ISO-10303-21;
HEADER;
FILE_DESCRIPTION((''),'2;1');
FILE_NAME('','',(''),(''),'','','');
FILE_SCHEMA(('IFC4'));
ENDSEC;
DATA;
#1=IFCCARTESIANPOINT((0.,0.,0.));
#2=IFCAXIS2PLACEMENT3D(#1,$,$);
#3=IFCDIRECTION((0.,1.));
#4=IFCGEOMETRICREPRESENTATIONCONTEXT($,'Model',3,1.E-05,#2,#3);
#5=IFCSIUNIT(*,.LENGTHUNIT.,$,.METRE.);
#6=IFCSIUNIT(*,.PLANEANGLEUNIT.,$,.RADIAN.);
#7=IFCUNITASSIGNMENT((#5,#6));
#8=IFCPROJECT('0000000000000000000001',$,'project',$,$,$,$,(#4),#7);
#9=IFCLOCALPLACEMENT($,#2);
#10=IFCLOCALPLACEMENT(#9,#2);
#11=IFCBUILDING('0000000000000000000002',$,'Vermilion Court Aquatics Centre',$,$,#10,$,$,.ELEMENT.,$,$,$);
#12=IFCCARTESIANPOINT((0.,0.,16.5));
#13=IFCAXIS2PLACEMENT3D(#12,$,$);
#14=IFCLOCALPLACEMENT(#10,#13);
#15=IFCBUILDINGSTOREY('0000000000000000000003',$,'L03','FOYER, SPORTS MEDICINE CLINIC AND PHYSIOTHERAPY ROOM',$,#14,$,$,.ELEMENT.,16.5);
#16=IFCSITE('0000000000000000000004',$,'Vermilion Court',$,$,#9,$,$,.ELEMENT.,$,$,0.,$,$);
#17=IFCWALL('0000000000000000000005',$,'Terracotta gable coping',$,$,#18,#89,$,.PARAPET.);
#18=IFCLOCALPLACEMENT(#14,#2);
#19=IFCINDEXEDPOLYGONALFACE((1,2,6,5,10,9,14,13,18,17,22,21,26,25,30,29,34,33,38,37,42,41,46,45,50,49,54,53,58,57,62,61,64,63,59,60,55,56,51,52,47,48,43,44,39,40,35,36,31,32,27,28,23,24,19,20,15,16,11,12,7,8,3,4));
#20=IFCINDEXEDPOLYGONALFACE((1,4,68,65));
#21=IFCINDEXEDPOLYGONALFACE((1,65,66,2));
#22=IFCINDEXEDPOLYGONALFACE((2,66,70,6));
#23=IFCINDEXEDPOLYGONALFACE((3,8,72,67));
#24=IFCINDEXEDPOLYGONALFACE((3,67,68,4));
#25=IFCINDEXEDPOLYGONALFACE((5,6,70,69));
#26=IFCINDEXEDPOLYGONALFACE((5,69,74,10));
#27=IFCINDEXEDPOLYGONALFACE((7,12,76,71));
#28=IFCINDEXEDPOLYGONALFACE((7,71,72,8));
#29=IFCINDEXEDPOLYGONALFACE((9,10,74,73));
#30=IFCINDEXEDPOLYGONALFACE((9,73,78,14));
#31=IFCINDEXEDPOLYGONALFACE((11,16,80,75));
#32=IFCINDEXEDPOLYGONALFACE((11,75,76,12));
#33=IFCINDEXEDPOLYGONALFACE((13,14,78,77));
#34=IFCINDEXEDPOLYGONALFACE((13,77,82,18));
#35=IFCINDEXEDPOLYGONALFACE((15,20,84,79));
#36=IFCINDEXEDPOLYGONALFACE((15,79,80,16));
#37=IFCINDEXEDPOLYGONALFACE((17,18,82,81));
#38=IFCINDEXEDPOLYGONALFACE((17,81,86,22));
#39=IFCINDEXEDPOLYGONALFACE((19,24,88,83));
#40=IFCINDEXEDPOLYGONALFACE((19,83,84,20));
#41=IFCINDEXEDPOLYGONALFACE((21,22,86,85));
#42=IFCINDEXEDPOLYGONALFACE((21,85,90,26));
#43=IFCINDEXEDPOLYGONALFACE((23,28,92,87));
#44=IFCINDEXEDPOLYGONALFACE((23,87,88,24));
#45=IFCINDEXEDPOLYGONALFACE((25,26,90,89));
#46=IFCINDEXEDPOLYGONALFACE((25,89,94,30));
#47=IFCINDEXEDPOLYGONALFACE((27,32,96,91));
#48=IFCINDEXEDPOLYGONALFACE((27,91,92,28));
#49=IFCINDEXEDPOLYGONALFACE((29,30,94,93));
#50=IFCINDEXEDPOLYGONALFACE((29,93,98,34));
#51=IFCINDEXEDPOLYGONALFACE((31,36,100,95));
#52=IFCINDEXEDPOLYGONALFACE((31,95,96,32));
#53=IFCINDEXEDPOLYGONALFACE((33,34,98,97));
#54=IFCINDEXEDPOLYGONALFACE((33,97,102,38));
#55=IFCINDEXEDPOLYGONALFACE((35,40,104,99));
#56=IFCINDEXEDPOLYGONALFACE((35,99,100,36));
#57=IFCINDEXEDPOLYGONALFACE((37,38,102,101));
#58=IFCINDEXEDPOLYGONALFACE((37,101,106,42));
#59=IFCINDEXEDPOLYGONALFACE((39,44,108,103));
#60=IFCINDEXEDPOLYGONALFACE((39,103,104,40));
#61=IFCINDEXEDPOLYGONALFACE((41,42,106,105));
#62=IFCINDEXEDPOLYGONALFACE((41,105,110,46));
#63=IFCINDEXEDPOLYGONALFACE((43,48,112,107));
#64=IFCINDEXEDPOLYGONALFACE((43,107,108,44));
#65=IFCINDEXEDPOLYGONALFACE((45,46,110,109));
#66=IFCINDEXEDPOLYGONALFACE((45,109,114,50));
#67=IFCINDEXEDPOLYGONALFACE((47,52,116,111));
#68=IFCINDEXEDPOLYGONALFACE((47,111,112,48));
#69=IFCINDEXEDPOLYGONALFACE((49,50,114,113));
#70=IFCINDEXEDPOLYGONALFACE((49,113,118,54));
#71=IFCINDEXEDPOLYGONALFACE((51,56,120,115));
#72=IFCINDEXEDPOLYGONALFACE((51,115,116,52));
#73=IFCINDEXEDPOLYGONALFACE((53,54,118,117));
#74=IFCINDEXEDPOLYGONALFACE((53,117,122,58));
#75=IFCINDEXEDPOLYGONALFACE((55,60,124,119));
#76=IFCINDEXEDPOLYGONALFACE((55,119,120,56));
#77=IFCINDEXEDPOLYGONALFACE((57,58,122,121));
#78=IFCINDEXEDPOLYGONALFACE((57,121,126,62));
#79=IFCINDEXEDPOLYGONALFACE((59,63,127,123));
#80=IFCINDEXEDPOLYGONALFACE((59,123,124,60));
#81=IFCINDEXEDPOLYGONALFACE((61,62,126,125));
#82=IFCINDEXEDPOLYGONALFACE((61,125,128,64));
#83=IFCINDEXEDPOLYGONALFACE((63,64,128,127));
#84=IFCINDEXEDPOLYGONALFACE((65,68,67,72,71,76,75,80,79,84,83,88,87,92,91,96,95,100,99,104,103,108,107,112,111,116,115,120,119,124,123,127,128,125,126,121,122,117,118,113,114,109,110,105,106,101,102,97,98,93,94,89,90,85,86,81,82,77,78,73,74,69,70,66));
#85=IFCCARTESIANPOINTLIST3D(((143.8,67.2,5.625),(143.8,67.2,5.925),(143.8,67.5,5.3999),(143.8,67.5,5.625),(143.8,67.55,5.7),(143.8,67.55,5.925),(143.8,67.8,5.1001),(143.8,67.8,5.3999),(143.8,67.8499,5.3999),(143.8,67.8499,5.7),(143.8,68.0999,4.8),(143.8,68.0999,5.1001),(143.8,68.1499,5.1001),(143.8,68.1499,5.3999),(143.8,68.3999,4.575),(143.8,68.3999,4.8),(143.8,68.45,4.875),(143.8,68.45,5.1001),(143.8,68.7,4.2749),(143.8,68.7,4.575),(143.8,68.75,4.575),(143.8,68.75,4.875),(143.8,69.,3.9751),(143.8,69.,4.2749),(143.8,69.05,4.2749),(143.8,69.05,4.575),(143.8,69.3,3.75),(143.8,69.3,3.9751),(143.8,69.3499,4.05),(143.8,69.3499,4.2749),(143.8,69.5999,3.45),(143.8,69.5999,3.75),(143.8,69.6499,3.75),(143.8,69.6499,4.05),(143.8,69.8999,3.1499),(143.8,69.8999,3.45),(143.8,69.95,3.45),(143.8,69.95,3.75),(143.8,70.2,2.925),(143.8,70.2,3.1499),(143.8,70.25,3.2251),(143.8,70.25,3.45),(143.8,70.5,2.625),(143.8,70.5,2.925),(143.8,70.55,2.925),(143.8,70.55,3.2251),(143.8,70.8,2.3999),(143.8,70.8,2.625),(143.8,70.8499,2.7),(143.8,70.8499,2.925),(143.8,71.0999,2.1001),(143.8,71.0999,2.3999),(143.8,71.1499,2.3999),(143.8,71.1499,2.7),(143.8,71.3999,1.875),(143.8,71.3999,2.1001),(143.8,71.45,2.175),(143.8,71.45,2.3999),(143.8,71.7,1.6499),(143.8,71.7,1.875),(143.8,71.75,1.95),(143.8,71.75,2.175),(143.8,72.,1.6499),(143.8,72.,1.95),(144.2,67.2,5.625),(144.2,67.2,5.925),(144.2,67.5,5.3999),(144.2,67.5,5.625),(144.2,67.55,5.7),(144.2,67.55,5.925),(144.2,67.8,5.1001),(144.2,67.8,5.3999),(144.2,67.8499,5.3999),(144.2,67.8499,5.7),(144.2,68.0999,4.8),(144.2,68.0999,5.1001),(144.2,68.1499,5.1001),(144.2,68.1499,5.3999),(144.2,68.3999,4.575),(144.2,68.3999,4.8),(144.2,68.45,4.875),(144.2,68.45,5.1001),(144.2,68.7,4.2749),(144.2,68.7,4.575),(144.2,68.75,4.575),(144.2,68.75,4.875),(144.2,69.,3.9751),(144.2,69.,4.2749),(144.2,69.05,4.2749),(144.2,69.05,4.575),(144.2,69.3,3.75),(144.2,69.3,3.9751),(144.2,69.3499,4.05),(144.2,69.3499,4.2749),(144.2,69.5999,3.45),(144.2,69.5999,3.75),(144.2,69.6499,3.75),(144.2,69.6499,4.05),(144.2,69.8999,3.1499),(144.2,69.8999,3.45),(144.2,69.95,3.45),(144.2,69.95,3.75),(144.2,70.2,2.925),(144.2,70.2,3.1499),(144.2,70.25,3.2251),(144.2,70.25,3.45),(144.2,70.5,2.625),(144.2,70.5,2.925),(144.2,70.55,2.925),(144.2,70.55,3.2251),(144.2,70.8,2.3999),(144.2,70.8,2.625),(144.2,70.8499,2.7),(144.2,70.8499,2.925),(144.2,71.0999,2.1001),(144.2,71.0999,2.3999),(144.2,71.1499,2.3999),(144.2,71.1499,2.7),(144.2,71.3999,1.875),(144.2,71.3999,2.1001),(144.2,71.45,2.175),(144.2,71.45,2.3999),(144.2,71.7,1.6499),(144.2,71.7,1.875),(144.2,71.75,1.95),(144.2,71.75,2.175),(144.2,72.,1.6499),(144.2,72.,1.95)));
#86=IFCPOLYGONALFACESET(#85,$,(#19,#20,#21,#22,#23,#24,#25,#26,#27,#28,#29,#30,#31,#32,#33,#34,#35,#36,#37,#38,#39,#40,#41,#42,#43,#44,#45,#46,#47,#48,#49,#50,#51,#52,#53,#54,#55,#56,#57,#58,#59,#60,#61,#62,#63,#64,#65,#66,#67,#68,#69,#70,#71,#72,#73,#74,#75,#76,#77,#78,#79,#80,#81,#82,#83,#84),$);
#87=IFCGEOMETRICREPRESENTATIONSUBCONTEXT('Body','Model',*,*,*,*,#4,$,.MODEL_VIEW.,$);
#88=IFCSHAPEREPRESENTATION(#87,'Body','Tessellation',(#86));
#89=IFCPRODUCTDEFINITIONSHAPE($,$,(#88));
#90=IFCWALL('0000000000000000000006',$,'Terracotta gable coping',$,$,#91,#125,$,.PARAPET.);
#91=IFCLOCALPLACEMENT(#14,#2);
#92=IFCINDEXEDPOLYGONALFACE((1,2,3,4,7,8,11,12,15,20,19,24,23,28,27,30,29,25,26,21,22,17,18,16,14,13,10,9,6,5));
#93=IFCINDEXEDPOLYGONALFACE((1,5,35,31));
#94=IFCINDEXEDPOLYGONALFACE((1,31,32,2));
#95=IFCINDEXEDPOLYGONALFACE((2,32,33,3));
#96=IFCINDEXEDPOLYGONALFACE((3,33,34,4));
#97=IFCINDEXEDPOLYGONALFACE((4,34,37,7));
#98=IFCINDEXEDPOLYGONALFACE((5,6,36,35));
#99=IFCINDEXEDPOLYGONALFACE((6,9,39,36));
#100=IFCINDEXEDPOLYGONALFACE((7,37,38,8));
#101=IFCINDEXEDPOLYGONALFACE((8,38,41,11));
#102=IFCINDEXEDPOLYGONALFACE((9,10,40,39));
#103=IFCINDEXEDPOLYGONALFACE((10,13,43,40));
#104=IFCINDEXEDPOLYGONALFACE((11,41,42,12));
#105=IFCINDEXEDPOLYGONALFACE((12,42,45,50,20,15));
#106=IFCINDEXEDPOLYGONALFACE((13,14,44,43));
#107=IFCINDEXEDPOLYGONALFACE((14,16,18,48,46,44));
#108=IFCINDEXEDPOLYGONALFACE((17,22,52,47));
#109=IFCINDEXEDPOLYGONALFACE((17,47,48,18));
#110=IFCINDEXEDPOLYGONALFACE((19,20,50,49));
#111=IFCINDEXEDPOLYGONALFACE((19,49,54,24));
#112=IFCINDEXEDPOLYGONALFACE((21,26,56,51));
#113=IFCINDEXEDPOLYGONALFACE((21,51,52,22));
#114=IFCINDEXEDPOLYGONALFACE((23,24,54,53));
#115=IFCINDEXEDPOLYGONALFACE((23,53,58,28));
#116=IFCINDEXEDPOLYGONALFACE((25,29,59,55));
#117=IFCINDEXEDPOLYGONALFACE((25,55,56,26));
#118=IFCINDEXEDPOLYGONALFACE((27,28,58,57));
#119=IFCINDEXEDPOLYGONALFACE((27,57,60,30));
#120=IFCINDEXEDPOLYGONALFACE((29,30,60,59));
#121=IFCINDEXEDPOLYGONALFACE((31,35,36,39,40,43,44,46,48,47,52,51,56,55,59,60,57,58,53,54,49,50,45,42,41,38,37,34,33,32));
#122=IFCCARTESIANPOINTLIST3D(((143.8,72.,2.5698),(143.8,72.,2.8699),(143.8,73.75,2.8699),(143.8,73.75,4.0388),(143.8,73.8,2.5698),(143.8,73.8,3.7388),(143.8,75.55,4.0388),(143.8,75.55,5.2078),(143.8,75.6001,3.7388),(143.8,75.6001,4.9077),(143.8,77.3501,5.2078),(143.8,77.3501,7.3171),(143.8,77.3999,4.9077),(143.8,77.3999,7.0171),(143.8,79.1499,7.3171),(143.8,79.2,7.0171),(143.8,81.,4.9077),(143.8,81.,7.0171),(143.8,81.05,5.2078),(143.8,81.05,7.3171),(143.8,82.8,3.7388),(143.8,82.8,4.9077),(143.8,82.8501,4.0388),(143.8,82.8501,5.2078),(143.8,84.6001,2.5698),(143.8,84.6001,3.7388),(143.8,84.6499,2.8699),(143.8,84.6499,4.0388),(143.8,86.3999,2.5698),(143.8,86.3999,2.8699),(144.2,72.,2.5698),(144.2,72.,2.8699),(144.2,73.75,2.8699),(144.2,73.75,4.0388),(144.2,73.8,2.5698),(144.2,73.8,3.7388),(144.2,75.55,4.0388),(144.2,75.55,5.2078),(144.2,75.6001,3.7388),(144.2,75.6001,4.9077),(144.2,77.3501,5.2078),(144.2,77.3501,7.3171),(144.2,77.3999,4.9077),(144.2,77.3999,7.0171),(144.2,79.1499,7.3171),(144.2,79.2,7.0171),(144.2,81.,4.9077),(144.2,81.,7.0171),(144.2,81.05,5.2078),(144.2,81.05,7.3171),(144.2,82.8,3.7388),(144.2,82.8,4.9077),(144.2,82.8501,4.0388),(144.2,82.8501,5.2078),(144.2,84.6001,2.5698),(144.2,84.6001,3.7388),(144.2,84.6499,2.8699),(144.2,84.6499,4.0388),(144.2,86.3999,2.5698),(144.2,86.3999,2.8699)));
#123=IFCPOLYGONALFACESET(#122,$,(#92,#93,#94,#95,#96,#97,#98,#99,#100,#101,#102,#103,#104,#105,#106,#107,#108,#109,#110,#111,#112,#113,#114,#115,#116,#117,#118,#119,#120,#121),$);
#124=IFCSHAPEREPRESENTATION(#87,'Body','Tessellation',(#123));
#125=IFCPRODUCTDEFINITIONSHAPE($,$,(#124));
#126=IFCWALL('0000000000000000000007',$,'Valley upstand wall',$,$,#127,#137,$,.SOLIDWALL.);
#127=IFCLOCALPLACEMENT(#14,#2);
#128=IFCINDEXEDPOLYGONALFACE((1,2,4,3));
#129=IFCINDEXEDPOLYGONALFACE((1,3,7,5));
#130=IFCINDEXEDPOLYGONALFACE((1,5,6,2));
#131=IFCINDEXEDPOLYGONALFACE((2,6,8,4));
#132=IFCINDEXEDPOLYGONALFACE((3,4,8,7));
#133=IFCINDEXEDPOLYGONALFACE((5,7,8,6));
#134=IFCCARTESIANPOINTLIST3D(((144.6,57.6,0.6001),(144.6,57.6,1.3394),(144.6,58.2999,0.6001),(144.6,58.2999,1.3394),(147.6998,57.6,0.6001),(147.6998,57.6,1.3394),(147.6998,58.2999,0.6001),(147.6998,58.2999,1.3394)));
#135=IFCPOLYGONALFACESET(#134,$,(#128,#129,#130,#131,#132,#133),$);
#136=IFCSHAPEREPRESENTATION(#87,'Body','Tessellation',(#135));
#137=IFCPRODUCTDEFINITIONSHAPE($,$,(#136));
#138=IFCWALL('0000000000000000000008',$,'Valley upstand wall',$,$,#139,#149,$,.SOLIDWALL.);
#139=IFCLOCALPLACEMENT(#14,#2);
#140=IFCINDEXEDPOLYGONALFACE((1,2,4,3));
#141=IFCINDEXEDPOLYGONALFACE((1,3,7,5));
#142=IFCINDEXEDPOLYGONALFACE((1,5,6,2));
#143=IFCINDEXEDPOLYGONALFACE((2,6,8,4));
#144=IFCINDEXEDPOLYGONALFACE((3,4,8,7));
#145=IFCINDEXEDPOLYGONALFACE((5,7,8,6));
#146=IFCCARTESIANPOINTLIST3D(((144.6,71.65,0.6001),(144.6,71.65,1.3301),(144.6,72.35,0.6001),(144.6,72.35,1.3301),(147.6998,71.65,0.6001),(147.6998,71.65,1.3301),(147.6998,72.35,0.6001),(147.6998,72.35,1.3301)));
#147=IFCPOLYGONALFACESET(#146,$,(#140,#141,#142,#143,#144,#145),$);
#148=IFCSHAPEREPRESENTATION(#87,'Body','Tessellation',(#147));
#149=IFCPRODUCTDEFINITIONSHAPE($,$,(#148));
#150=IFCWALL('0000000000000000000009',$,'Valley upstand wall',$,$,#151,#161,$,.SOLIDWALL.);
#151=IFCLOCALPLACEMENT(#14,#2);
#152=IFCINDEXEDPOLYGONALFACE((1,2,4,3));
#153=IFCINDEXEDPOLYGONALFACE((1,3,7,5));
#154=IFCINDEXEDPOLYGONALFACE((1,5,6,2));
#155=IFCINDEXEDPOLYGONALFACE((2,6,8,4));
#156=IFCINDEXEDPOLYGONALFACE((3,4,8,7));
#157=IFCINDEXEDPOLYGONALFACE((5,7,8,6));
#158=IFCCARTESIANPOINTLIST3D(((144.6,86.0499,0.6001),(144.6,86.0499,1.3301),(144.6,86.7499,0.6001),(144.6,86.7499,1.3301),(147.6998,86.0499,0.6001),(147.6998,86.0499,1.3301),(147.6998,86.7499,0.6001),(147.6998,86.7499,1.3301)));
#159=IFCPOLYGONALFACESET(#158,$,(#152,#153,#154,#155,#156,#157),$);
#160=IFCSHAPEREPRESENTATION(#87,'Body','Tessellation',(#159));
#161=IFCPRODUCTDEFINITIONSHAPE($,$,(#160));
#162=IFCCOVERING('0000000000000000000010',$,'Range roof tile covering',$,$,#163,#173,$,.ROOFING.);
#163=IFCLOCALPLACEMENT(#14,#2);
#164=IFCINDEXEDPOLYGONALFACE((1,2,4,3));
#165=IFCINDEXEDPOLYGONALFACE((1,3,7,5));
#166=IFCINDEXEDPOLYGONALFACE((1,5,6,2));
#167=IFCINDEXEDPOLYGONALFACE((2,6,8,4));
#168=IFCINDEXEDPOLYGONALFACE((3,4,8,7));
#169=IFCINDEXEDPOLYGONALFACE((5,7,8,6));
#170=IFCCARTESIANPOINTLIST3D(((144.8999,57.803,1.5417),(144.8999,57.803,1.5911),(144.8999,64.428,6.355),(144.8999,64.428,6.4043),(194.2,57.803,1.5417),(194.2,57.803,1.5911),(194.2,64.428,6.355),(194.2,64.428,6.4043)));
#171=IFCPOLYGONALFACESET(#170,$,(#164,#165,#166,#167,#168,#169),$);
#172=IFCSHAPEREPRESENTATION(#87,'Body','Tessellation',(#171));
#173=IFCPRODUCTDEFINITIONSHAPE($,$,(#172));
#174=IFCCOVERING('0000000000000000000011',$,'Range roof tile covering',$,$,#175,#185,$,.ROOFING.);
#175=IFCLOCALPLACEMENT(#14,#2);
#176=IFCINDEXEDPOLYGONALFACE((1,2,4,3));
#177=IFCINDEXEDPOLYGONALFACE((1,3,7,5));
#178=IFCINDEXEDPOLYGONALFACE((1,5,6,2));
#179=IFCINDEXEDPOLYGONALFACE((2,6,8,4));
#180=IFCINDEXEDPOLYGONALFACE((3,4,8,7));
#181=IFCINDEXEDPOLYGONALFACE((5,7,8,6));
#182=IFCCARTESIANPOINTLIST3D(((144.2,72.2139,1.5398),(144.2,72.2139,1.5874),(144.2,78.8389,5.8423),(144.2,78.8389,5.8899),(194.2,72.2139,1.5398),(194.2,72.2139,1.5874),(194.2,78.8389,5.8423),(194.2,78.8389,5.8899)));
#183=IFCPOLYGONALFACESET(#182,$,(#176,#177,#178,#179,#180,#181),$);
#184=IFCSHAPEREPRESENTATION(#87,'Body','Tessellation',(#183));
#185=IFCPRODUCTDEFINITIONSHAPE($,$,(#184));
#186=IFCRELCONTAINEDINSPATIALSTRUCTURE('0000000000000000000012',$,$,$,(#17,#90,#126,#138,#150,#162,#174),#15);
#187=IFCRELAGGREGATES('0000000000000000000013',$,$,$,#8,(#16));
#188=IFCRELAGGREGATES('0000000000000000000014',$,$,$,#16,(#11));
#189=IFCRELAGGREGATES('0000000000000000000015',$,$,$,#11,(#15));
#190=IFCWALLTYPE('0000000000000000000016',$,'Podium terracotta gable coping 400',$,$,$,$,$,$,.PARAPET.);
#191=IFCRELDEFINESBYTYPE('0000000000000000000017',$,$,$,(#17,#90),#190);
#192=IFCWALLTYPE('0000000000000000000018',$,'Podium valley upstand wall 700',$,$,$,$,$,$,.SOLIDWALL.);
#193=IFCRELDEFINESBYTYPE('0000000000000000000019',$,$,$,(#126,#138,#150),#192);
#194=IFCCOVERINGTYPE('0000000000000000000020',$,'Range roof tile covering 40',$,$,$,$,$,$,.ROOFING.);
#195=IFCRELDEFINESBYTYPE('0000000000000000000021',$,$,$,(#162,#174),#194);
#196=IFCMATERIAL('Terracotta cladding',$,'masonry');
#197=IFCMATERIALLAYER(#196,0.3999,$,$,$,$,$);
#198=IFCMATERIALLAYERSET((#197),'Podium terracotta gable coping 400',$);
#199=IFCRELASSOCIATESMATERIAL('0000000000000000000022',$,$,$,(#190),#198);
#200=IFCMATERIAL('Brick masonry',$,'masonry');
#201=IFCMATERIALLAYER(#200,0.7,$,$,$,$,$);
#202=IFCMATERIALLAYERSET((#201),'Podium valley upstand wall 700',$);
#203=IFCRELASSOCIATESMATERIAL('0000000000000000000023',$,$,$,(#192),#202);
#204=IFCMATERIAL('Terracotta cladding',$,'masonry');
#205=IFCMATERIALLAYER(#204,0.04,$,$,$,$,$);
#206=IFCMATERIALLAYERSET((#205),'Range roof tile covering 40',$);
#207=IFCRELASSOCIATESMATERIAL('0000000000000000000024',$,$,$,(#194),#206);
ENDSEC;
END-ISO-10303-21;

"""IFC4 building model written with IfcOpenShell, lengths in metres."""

from ifc_helpers import new_model, si_unit, direction, frame, frame_2d, origin, place, context, subcontext, project, spatial, polyline, rectangle, outline, extrude, material, layer, layer_set, type_object, element, save


model = new_model("IFC4")

# Units and contexts
model_context = context("Model", 3, precision=1e-05, world=origin(), true_north=direction((0.0, 1.0)))
body_context = subcontext(model_context, "Body", "Model", "MODEL_VIEW")
ifc_project = project(units=[si_unit("LENGTHUNIT", "METRE"), si_unit("PLANEANGLEUNIT", "RADIAN")], contexts=[model_context])

# Site, building, storey
site_placement = place(None, origin())
site = spatial("IfcSite", under=ifc_project, at=site_placement, Name="Vermilion Court", CompositionType="ELEMENT", RefElevation=0.0)
building_placement = place(site_placement, origin())
building = spatial("IfcBuilding", under=site, at=building_placement, Name="Vermilion Court Aquatics Centre", CompositionType="ELEMENT")
storey_placement = place(building_placement, frame((0.0, 0.0, 16.5)))
storey = spatial("IfcBuildingStorey", under=building, at=storey_placement, Name="L03", Description="FOYER, SPORTS MEDICINE CLINIC AND PHYSIOTHERAPY ROOM", CompositionType="ELEMENT", Elevation=16.5)

# Walls
ifc_material_1 = material(Name="Terracotta cladding", Category="masonry")
ifc_layer_1 = layer(ifc_material_1, 0.3999)
ifc_layer_set_1 = layer_set([ifc_layer_1], Name="Podium terracotta gable coping 400")
wall_type_1 = type_object("IfcWallType", Name="Podium terracotta gable coping 400", PredefinedType="PARAPET", material=ifc_layer_set_1)
wall_1_placement = place(storey_placement, frame((144.0, 67.2, 0.0), z_axis=(0.0, 0.0, 1.0), x_axis=(0.0, 1.0, 0.0)))
element("IfcWall", 1, at=wall_1_placement, inside=storey, type_object=wall_type_1, Name="Terracotta gable coping", PredefinedType="PARAPET", context=body_context, shape_type="SweptSolid", body=[
    extrude(outline(polyline([(0.0, 5.625), (0.3, 5.625), (0.3, 5.3999), (0.6001, 5.3999), (0.6001, 5.1001), (0.8999, 5.1001), (0.8999, 4.8), (1.2, 4.8), (1.2, 4.575), (1.5, 4.575), (1.5, 4.2749), (1.8, 4.2749), (1.8, 3.9751), (2.1001, 3.9751), (2.1001, 3.75), (2.3999, 3.75), (2.3999, 3.45), (2.7, 3.45), (2.7, 3.1499), (3.0, 3.1499), (3.0, 2.925), (3.3, 2.925), (3.3, 2.625), (3.6001, 2.625), (3.6001, 2.3999), (3.8999, 2.3999), (3.8999, 2.1001), (4.2, 2.1001), (4.2, 1.875), (4.5, 1.875), (4.5, 1.6499), (4.8, 1.6499), (4.8, 1.95), (4.55, 1.95), (4.55, 2.175), (4.25, 2.175), (4.25, 2.3999), (3.95, 2.3999), (3.95, 2.7), (3.6499, 2.7), (3.6499, 2.925), (3.3501, 2.925), (3.3501, 3.2251), (3.05, 3.2251), (3.05, 3.45), (2.75, 3.45), (2.75, 3.75), (2.45, 3.75), (2.45, 4.05), (2.1499, 4.05), (2.1499, 4.2749), (1.8501, 4.2749), (1.8501, 4.575), (1.55, 4.575), (1.55, 4.875), (1.25, 4.875), (1.25, 5.1001), (0.95, 5.1001), (0.95, 5.3999), (0.6499, 5.3999), (0.6499, 5.7), (0.3501, 5.7), (0.3501, 5.925), (0.0, 5.925), (0.0, 5.625)])), frame((0.0, 0.2, 0.0), z_axis=(0.0, -1.0, 0.0), x_axis=(1.0, 0.0, 0.0)), (0.0, 0.0, 1.0), 0.3999),
])
wall_2_placement = place(storey_placement, frame((144.0, 72.0, 0.0), z_axis=(0.0, 0.0, 1.0), x_axis=(0.0, 1.0, 0.0)))
element("IfcWall", 2, at=wall_2_placement, inside=storey, type_object=wall_type_1, Name="Terracotta gable coping", PredefinedType="PARAPET", context=body_context, shape_type="SweptSolid", body=[
    extrude(outline(polyline([(0.0, 2.5698), (1.8, 2.5698), (1.8, 3.7388), (3.6001, 3.7388), (3.6001, 4.9077), (5.3999, 4.9077), (5.3999, 7.0171), (7.2, 7.0171), (7.2, 7.0171), (9.0, 7.0171), (9.0, 4.9077), (10.8, 4.9077), (10.8, 3.7388), (12.6001, 3.7388), (12.6001, 2.5698), (14.3999, 2.5698), (14.3999, 2.8699), (12.6499, 2.8699), (12.6499, 4.0388), (10.8501, 4.0388), (10.8501, 5.2078), (9.05, 5.2078), (9.05, 7.3171), (7.1499, 7.3171), (7.1499, 7.3171), (5.3501, 7.3171), (5.3501, 5.2078), (3.55, 5.2078), (3.55, 4.0388), (1.75, 4.0388), (1.75, 2.8699), (0.0, 2.8699), (0.0, 2.5698)])), frame((0.0, 0.2, 0.0), z_axis=(0.0, -1.0, 0.0), x_axis=(1.0, 0.0, 0.0)), (0.0, 0.0, 1.0), 0.3999),
])
ifc_material_2 = material(Name="Brick masonry", Category="masonry")
ifc_layer_2 = layer(ifc_material_2, 0.7)
ifc_layer_set_2 = layer_set([ifc_layer_2], Name="Podium valley upstand wall 700")
wall_type_2 = type_object("IfcWallType", Name="Podium valley upstand wall 700", PredefinedType="SOLIDWALL", material=ifc_layer_set_2)
wall_3_placement = place(storey_placement, frame((144.6001, 57.95, 0.6001), z_axis=(0.0, 0.0, 1.0), x_axis=(1.0, 0.0, 0.0)))
element("IfcWall", 3, at=wall_3_placement, inside=storey, type_object=wall_type_2, Name="Valley upstand wall", PredefinedType="SOLIDWALL", context=body_context, shape_type="SweptSolid", body=[
    extrude(rectangle(XDim=3.0999, YDim=0.7, at=frame_2d((1.5498, 0.0))), origin(), (0.0, 0.0, 1.0), 0.7393),
])
for number, where, z_axis, x_axis, name in (
    (4, (144.6001, 72.0, 0.6001), (0.0, 0.0, 1.0), (1.0, 0.0, 0.0), "Valley upstand wall"),
    (5, (144.6001, 86.3999, 0.6001), (0.0, 0.0, 1.0), (1.0, 0.0, 0.0), "Valley upstand wall"),
):
    element("IfcWall", number, at=place(storey_placement, frame(where, z_axis=z_axis, x_axis=x_axis)), inside=storey, type_object=wall_type_2, Name=name, PredefinedType="SOLIDWALL", context=body_context, shape_type="SweptSolid", body=[
        extrude(rectangle(XDim=3.0999, YDim=0.7, at=frame_2d((1.5498, 0.0))), origin(), (0.0, 0.0, 1.0), 0.73),
    ])

# Coverings
ifc_material_3 = material(Name="Terracotta cladding", Category="masonry")
ifc_layer_3 = layer(ifc_material_3, 0.04)
ifc_layer_set_3 = layer_set([ifc_layer_3], Name="Range roof tile covering 40")
covering_type = type_object("IfcCoveringType", Name="Range roof tile covering 40", PredefinedType="ROOFING", material=ifc_layer_set_3)
covering_1_placement = place(storey_placement, frame((144.8999, 57.803, 1.5911), z_axis=(0.0, -0.587776, 0.809023), x_axis=(1.0, 0.0, 0.0)))
element("IfcCovering", 6, at=covering_1_placement, inside=storey, type_object=covering_type, Name="Range roof tile covering", PredefinedType="ROOFING", context=body_context, shape_type="SweptSolid", body=[
    extrude(outline(polyline([(0.0, 0.0), (49.3, 0.0), (49.3, 8.1889), (0.0, 8.1889), (0.0, 0.0)])), origin(), (0.0, -0.587776, -0.809023), 0.0493),
])
covering_2_placement = place(storey_placement, frame((144.2, 72.2139, 1.5874), z_axis=(0.0, -0.544654, 0.838661), x_axis=(1.0, 0.0, 0.0)))
element("IfcCovering", 7, at=covering_2_placement, inside=storey, type_object=covering_type, Name="Range roof tile covering", PredefinedType="ROOFING", context=body_context, shape_type="SweptSolid", body=[
    extrude(outline(polyline([(0.0, 0.0), (50.0, 0.0), (50.0, 7.8995), (0.0, 7.8995), (0.0, 0.0)])), origin(), (0.0, -0.544654, -0.838661), 0.0476),
])

save(model, "model.ifc")
